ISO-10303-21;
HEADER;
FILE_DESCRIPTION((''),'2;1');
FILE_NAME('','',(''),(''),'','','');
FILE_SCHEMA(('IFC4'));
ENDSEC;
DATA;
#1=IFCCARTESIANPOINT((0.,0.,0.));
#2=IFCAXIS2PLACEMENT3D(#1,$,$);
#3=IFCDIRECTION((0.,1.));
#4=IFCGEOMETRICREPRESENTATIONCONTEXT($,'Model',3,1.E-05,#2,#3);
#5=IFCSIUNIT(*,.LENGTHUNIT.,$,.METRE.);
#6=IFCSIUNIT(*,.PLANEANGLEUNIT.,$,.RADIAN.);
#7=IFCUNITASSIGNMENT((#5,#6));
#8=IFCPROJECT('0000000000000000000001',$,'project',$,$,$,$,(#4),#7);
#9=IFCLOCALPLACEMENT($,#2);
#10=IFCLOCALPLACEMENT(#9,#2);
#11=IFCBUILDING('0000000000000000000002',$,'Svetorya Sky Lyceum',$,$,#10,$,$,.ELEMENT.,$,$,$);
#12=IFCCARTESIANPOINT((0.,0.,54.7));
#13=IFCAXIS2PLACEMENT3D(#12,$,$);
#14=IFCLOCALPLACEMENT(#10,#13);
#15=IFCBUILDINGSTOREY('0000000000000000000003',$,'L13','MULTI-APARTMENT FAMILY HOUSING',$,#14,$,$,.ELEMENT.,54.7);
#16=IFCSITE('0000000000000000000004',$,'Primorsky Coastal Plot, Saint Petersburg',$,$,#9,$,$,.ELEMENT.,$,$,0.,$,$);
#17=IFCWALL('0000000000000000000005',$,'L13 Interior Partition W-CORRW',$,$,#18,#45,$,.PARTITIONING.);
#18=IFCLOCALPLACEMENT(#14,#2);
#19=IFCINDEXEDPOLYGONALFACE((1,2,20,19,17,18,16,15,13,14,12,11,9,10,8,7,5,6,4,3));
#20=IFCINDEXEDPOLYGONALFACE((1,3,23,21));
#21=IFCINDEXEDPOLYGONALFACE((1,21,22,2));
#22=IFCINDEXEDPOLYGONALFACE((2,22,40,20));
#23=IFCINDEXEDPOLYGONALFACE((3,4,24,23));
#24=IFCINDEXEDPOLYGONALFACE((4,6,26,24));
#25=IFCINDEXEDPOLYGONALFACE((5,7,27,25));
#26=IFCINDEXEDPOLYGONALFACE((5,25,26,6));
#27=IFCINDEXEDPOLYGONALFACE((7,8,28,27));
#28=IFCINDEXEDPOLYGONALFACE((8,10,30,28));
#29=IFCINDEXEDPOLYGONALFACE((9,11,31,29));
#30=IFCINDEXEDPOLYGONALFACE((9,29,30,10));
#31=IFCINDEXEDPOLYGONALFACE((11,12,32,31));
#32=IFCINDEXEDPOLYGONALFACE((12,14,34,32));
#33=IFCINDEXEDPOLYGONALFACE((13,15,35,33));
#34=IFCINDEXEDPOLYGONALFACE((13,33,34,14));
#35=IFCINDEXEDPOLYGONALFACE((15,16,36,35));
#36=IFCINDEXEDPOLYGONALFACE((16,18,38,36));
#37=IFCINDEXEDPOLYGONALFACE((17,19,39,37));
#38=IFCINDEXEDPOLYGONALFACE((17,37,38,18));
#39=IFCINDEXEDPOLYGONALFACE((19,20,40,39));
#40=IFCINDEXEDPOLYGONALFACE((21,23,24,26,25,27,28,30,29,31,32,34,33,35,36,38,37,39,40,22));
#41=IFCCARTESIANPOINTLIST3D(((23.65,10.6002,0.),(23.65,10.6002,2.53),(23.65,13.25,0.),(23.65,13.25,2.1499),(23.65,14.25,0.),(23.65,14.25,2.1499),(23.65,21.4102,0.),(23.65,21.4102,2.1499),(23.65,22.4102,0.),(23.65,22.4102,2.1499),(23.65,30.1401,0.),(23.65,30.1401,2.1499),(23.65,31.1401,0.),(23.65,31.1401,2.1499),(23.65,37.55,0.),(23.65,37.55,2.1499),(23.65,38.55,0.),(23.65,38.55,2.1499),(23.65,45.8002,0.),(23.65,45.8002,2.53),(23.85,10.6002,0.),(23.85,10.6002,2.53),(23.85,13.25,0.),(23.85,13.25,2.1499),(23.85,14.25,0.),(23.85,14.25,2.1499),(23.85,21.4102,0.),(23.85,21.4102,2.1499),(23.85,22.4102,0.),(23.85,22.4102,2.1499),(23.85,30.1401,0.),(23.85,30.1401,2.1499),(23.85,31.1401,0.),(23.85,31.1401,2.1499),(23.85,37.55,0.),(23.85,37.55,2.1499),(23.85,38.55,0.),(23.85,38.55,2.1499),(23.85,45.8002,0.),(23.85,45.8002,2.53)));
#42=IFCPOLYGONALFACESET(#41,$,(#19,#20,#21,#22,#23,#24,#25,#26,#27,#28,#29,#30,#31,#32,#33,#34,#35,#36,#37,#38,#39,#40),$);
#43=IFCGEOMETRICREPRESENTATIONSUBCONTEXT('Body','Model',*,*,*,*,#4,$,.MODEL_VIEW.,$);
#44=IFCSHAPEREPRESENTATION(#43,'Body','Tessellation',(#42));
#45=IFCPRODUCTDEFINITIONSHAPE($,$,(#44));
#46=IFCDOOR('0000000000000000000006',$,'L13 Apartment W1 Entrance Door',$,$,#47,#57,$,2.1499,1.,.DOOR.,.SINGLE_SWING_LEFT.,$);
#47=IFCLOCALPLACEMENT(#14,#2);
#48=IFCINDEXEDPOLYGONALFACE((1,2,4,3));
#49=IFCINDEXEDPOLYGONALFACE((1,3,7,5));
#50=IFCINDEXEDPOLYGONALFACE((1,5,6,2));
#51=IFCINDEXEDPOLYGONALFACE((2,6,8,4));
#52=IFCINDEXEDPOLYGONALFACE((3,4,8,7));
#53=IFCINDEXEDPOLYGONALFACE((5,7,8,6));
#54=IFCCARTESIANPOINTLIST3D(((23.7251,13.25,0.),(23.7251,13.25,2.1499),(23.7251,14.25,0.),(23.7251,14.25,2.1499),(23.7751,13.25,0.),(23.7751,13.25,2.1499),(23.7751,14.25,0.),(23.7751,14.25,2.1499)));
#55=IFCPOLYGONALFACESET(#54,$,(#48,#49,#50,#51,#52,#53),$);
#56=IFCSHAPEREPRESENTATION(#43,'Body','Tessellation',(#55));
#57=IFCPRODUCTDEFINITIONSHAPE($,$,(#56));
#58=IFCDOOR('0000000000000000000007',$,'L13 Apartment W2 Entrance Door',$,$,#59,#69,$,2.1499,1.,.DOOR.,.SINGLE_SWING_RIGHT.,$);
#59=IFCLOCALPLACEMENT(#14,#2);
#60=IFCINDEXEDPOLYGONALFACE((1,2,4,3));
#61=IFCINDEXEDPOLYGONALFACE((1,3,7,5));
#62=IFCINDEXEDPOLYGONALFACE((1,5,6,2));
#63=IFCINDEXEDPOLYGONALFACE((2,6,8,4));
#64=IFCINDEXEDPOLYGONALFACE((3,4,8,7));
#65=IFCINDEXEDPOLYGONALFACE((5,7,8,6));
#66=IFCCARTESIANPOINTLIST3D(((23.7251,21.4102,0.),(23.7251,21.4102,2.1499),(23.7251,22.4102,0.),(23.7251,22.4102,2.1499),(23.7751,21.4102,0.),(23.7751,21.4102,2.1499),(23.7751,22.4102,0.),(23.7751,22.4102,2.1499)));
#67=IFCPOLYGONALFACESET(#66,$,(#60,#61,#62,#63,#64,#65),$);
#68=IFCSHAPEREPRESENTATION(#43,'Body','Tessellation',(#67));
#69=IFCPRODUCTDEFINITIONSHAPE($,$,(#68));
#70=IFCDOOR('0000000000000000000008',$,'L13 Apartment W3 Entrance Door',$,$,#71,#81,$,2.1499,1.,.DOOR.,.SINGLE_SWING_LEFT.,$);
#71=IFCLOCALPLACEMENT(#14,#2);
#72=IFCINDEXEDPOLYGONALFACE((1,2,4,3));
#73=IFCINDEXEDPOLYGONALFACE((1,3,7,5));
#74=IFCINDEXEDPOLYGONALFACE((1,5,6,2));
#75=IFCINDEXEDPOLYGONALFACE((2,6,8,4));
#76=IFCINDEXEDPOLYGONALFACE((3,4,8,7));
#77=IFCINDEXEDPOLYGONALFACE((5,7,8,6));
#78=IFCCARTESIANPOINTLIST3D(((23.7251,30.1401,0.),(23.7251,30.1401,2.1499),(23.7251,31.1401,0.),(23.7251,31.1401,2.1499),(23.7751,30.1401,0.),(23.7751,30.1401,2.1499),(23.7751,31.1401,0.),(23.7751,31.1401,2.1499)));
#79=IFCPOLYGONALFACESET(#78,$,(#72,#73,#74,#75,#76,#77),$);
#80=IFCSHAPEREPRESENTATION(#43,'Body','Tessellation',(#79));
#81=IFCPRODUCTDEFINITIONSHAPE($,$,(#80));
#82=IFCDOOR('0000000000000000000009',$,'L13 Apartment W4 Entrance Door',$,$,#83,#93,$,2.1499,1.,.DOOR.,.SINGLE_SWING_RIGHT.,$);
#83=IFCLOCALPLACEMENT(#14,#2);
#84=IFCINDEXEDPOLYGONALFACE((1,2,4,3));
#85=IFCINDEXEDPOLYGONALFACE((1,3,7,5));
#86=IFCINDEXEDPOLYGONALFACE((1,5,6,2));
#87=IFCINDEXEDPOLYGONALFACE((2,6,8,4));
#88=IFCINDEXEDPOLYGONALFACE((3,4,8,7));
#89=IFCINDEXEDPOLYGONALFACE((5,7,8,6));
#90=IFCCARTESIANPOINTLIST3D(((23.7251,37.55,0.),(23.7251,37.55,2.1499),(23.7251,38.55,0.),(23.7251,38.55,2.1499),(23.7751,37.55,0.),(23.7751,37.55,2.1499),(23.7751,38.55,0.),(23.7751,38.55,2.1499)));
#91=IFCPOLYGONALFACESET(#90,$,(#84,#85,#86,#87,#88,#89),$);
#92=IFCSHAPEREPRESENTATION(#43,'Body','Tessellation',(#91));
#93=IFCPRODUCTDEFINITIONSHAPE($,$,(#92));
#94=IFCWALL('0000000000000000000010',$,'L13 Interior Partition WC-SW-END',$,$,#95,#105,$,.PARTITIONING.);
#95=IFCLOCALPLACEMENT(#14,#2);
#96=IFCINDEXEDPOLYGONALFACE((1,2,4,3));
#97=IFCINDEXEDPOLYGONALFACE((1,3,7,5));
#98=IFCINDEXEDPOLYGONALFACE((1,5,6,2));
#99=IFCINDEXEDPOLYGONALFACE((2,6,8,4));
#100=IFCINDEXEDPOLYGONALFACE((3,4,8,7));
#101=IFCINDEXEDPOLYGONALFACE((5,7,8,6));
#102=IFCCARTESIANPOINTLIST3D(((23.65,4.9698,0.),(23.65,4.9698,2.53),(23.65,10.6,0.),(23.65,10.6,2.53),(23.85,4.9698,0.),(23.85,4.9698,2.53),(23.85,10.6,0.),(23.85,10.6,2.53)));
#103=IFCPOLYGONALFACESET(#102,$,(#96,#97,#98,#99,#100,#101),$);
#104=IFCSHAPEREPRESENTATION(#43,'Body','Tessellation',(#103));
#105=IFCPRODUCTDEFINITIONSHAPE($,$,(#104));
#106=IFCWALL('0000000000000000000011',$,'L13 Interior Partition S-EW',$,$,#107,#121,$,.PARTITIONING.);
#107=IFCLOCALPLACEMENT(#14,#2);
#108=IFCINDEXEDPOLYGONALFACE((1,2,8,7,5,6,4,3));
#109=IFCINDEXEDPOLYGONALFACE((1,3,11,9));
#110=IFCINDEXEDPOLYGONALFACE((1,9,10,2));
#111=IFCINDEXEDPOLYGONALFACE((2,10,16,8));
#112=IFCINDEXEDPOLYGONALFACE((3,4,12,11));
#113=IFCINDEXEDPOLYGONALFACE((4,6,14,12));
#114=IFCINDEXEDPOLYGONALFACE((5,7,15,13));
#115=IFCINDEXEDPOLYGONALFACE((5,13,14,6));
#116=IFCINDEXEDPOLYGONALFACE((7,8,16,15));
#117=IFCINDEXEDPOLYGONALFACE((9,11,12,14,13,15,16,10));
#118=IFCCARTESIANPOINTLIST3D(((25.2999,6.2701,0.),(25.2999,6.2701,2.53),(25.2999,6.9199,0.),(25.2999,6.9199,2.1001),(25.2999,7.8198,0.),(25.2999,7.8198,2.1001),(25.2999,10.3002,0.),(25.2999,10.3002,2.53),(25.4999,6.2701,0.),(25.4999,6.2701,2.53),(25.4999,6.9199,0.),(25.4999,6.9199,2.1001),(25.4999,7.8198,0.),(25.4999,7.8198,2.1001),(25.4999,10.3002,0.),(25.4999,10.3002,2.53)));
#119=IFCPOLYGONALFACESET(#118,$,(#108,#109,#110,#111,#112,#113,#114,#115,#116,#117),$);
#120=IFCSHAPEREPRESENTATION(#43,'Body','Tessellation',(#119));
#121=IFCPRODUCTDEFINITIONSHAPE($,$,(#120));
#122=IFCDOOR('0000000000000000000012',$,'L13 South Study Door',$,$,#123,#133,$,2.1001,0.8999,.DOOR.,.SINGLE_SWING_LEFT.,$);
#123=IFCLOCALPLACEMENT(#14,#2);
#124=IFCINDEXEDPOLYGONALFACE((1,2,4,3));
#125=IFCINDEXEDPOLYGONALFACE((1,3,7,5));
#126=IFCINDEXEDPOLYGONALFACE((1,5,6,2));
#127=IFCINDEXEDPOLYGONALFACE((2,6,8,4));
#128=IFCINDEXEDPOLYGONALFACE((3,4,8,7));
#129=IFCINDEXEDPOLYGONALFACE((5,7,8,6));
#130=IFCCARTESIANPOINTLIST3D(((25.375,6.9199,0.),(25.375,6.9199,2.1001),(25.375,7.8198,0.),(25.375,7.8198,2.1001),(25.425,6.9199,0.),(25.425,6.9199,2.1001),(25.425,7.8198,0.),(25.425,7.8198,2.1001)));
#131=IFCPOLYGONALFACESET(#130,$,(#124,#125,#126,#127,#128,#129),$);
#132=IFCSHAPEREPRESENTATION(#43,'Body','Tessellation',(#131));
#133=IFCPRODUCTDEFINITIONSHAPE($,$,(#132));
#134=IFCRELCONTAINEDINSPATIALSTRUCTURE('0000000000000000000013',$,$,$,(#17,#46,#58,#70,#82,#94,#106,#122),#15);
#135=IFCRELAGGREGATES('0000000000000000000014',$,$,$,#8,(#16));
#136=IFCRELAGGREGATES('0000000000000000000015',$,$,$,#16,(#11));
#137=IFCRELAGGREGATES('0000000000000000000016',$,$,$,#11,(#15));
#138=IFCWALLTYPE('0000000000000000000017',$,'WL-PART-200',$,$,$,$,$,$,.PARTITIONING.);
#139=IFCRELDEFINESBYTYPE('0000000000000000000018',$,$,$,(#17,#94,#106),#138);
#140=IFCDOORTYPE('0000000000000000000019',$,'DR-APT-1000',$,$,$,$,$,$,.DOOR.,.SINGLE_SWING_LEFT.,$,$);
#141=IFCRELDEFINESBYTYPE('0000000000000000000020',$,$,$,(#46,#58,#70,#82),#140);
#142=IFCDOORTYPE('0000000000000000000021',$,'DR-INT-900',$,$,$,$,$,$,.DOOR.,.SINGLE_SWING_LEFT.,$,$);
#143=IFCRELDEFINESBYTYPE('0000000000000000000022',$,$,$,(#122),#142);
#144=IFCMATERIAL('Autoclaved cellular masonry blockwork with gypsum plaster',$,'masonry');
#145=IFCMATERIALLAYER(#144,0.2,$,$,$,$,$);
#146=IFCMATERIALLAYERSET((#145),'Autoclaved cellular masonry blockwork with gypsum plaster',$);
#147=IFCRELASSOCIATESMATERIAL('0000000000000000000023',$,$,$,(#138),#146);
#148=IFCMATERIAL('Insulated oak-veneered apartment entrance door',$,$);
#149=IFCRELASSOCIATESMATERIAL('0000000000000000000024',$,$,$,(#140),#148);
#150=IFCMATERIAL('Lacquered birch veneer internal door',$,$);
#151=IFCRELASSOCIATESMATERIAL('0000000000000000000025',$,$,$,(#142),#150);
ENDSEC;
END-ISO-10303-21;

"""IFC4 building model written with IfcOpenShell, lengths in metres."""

from ifc_helpers import new_model, si_unit, direction, frame, frame_2d, origin, place, context, subcontext, project, spatial, rectangle, extrude, material, layer, layer_set, type_object, element, fill, save


model = new_model("IFC4")

# Units and contexts
model_context = context("Model", 3, precision=1e-05, world=origin(), true_north=direction((0.0, 1.0)))
body_context = subcontext(model_context, "Body", "Model", "MODEL_VIEW")
ifc_project = project(units=[si_unit("LENGTHUNIT", "METRE"), si_unit("PLANEANGLEUNIT", "RADIAN")], contexts=[model_context])

# Site, building, storey
site_placement = place(None, origin())
site = spatial("IfcSite", under=ifc_project, at=site_placement, Name="Primorsky Coastal Plot, Saint Petersburg", CompositionType="ELEMENT", RefElevation=0.0)
building_placement = place(site_placement, origin())
building = spatial("IfcBuilding", under=site, at=building_placement, Name="Svetorya Sky Lyceum", CompositionType="ELEMENT")
storey_placement = place(building_placement, frame((0.0, 0.0, 54.7)))
storey = spatial("IfcBuildingStorey", under=building, at=storey_placement, Name="L13", Description="MULTI-APARTMENT FAMILY HOUSING", CompositionType="ELEMENT", Elevation=54.7)

# Wall, openings, doors
ifc_material_1 = material(Name="Autoclaved cellular masonry blockwork with gypsum plaster", Category="masonry")
ifc_layer_1 = layer(ifc_material_1, 0.2)
ifc_layer_set_1 = layer_set([ifc_layer_1], Name="Autoclaved cellular masonry blockwork with gypsum plaster")
wall_type_1 = type_object("IfcWallType", Name="WL-PART-200", PredefinedType="PARTITIONING", material=ifc_layer_set_1)
wall_1_placement = place(storey_placement, frame((23.75, 10.6001, 0.0), z_axis=(0.0, 0.0, 1.0), x_axis=(0.0, 1.0, 0.0)))
wall_1 = element("IfcWall", 1, at=wall_1_placement, inside=storey, type_object=wall_type_1, Name="L13 Interior Partition W-CORRW", PredefinedType="PARTITIONING", context=body_context, shape_type="SweptSolid", body=[
    extrude(rectangle(XDim=35.2, YDim=0.2, at=frame_2d((17.6001, 0.0))), origin(), (0.0, 0.0, 1.0), 2.53),
])
opening_1_placement = place(wall_1_placement, frame((2.6499, 0.0, 0.0)))
opening_1 = element("IfcOpeningElement", 2, at=opening_1_placement, cuts=wall_1, PredefinedType="OPENING", context=body_context, shape_type="SweptSolid", body=[
    extrude(rectangle(XDim=1.0, YDim=2.1499, at=frame_2d((0.5, 1.075))), frame((0.0, 0.1099, 0.0), z_axis=(0.0, -1.0, 0.0), x_axis=(1.0, 0.0, 0.0)), (0.0, 0.0, 1.0), 0.22),
])
opening_2_placement = place(wall_1_placement, frame((10.8101, 0.0, 0.0)))
opening_2 = element("IfcOpeningElement", 3, at=opening_2_placement, cuts=wall_1, PredefinedType="OPENING", context=body_context, shape_type="SweptSolid", body=[
    extrude(rectangle(XDim=1.0, YDim=2.1499, at=frame_2d((0.5, 1.075))), frame((0.0, 0.1099, 0.0), z_axis=(0.0, -1.0, 0.0), x_axis=(1.0, 0.0, 0.0)), (0.0, 0.0, 1.0), 0.22),
])
opening_3_placement = place(wall_1_placement, frame((19.54, 0.0, 0.0)))
opening_3 = element("IfcOpeningElement", 4, at=opening_3_placement, cuts=wall_1, PredefinedType="OPENING", context=body_context, shape_type="SweptSolid", body=[
    extrude(rectangle(XDim=1.0, YDim=2.1499, at=frame_2d((0.5, 1.075))), frame((0.0, 0.1099, 0.0), z_axis=(0.0, -1.0, 0.0), x_axis=(1.0, 0.0, 0.0)), (0.0, 0.0, 1.0), 0.22),
])
opening_4_placement = place(wall_1_placement, frame((26.95, 0.0, 0.0)))
opening_4 = element("IfcOpeningElement", 5, at=opening_4_placement, cuts=wall_1, PredefinedType="OPENING", context=body_context, shape_type="SweptSolid", body=[
    extrude(rectangle(XDim=1.0, YDim=2.1499, at=frame_2d((0.5, 1.075))), frame((0.0, 0.1099, 0.0), z_axis=(0.0, -1.0, 0.0), x_axis=(1.0, 0.0, 0.0)), (0.0, 0.0, 1.0), 0.22),
])
ifc_material_2 = material(Name="Insulated oak-veneered apartment entrance door")
door_type_1 = type_object("IfcDoorType", Name="DR-APT-1000", OperationType="SINGLE_SWING_LEFT", PredefinedType="DOOR", material=ifc_material_2)
door_1_placement = place(opening_1_placement, origin())
door_1 = element("IfcDoor", 6, at=door_1_placement, inside=storey, type_object=door_type_1, Name="L13 Apartment W1 Entrance Door", OperationType="SINGLE_SWING_LEFT", OverallHeight=2.1499, OverallWidth=1.0, PredefinedType="DOOR", context=body_context, shape_type="SweptSolid", body=[
    extrude(rectangle(XDim=1.0, YDim=2.1499, at=frame_2d((0.5, 1.075))), frame((0.0, 0.0249, 0.0), z_axis=(0.0, -1.0, 0.0), x_axis=(1.0, 0.0, 0.0)), (0.0, 0.0, 1.0), 0.05),
])
fill(opening_1, door_1)
door_2_placement = place(opening_2_placement, origin())
door_2 = element("IfcDoor", 7, at=door_2_placement, inside=storey, type_object=door_type_1, Name="L13 Apartment W2 Entrance Door", OperationType="SINGLE_SWING_RIGHT", OverallHeight=2.1499, OverallWidth=1.0, PredefinedType="DOOR", context=body_context, shape_type="SweptSolid", body=[
    extrude(rectangle(XDim=1.0, YDim=2.1499, at=frame_2d((0.5, 1.075))), frame((0.0, 0.0249, 0.0), z_axis=(0.0, -1.0, 0.0), x_axis=(1.0, 0.0, 0.0)), (0.0, 0.0, 1.0), 0.05),
])
fill(opening_2, door_2)
door_3_placement = place(opening_3_placement, origin())
door_3 = element("IfcDoor", 8, at=door_3_placement, inside=storey, type_object=door_type_1, Name="L13 Apartment W3 Entrance Door", OperationType="SINGLE_SWING_LEFT", OverallHeight=2.1499, OverallWidth=1.0, PredefinedType="DOOR", context=body_context, shape_type="SweptSolid", body=[
    extrude(rectangle(XDim=1.0, YDim=2.1499, at=frame_2d((0.5, 1.075))), frame((0.0, 0.0249, 0.0), z_axis=(0.0, -1.0, 0.0), x_axis=(1.0, 0.0, 0.0)), (0.0, 0.0, 1.0), 0.05),
])
fill(opening_3, door_3)
door_4_placement = place(opening_4_placement, origin())
door_4 = element("IfcDoor", 9, at=door_4_placement, inside=storey, type_object=door_type_1, Name="L13 Apartment W4 Entrance Door", OperationType="SINGLE_SWING_RIGHT", OverallHeight=2.1499, OverallWidth=1.0, PredefinedType="DOOR", context=body_context, shape_type="SweptSolid", body=[
    extrude(rectangle(XDim=1.0, YDim=2.1499, at=frame_2d((0.5, 1.075))), frame((0.0, 0.0249, 0.0), z_axis=(0.0, -1.0, 0.0), x_axis=(1.0, 0.0, 0.0)), (0.0, 0.0, 1.0), 0.05),
])
fill(opening_4, door_4)

# Wall
wall_2_placement = place(storey_placement, frame((23.75, 4.97, 0.0), z_axis=(0.0, 0.0, 1.0), x_axis=(0.0, 1.0, 0.0)))
element("IfcWall", 10, at=wall_2_placement, inside=storey, type_object=wall_type_1, Name="L13 Interior Partition WC-SW-END", PredefinedType="PARTITIONING", context=body_context, shape_type="SweptSolid", body=[
    extrude(rectangle(XDim=5.6301, YDim=0.2, at=frame_2d((2.8149, 0.0))), origin(), (0.0, 0.0, 1.0), 2.53),
])

# Wall, opening, door
wall_3_placement = place(storey_placement, frame((25.3999, 6.27, 0.0), z_axis=(0.0, 0.0, 1.0), x_axis=(0.0, 1.0, 0.0)))
wall_3 = element("IfcWall", 11, at=wall_3_placement, inside=storey, type_object=wall_type_1, Name="L13 Interior Partition S-EW", PredefinedType="PARTITIONING", context=body_context, shape_type="SweptSolid", body=[
    extrude(rectangle(XDim=4.03, YDim=0.2, at=frame_2d((2.0151, 0.0))), origin(), (0.0, 0.0, 1.0), 2.53),
])
opening_5_placement = place(wall_3_placement, frame((0.6499, 0.0, 0.0)))
opening_5 = element("IfcOpeningElement", 12, at=opening_5_placement, cuts=wall_3, PredefinedType="OPENING", context=body_context, shape_type="SweptSolid", body=[
    extrude(rectangle(XDim=0.8999, YDim=2.1001, at=frame_2d((0.45, 1.05))), frame((0.0, 0.1099, 0.0), z_axis=(0.0, -1.0, 0.0), x_axis=(1.0, 0.0, 0.0)), (0.0, 0.0, 1.0), 0.22),
])
ifc_material_3 = material(Name="Lacquered birch veneer internal door")
door_type_2 = type_object("IfcDoorType", Name="DR-INT-900", OperationType="SINGLE_SWING_LEFT", PredefinedType="DOOR", material=ifc_material_3)
door_5_placement = place(opening_5_placement, origin())
door_5 = element("IfcDoor", 13, at=door_5_placement, inside=storey, type_object=door_type_2, Name="L13 South Study Door", OperationType="SINGLE_SWING_LEFT", OverallHeight=2.1001, OverallWidth=0.8999, PredefinedType="DOOR", context=body_context, shape_type="SweptSolid", body=[
    extrude(rectangle(XDim=0.8999, YDim=2.1001, at=frame_2d((0.45, 1.05))), frame((0.0, 0.0249, 0.0), z_axis=(0.0, -1.0, 0.0), x_axis=(1.0, 0.0, 0.0)), (0.0, 0.0, 1.0), 0.05),
])
fill(opening_5, door_5)

save(model, "model.ifc")
